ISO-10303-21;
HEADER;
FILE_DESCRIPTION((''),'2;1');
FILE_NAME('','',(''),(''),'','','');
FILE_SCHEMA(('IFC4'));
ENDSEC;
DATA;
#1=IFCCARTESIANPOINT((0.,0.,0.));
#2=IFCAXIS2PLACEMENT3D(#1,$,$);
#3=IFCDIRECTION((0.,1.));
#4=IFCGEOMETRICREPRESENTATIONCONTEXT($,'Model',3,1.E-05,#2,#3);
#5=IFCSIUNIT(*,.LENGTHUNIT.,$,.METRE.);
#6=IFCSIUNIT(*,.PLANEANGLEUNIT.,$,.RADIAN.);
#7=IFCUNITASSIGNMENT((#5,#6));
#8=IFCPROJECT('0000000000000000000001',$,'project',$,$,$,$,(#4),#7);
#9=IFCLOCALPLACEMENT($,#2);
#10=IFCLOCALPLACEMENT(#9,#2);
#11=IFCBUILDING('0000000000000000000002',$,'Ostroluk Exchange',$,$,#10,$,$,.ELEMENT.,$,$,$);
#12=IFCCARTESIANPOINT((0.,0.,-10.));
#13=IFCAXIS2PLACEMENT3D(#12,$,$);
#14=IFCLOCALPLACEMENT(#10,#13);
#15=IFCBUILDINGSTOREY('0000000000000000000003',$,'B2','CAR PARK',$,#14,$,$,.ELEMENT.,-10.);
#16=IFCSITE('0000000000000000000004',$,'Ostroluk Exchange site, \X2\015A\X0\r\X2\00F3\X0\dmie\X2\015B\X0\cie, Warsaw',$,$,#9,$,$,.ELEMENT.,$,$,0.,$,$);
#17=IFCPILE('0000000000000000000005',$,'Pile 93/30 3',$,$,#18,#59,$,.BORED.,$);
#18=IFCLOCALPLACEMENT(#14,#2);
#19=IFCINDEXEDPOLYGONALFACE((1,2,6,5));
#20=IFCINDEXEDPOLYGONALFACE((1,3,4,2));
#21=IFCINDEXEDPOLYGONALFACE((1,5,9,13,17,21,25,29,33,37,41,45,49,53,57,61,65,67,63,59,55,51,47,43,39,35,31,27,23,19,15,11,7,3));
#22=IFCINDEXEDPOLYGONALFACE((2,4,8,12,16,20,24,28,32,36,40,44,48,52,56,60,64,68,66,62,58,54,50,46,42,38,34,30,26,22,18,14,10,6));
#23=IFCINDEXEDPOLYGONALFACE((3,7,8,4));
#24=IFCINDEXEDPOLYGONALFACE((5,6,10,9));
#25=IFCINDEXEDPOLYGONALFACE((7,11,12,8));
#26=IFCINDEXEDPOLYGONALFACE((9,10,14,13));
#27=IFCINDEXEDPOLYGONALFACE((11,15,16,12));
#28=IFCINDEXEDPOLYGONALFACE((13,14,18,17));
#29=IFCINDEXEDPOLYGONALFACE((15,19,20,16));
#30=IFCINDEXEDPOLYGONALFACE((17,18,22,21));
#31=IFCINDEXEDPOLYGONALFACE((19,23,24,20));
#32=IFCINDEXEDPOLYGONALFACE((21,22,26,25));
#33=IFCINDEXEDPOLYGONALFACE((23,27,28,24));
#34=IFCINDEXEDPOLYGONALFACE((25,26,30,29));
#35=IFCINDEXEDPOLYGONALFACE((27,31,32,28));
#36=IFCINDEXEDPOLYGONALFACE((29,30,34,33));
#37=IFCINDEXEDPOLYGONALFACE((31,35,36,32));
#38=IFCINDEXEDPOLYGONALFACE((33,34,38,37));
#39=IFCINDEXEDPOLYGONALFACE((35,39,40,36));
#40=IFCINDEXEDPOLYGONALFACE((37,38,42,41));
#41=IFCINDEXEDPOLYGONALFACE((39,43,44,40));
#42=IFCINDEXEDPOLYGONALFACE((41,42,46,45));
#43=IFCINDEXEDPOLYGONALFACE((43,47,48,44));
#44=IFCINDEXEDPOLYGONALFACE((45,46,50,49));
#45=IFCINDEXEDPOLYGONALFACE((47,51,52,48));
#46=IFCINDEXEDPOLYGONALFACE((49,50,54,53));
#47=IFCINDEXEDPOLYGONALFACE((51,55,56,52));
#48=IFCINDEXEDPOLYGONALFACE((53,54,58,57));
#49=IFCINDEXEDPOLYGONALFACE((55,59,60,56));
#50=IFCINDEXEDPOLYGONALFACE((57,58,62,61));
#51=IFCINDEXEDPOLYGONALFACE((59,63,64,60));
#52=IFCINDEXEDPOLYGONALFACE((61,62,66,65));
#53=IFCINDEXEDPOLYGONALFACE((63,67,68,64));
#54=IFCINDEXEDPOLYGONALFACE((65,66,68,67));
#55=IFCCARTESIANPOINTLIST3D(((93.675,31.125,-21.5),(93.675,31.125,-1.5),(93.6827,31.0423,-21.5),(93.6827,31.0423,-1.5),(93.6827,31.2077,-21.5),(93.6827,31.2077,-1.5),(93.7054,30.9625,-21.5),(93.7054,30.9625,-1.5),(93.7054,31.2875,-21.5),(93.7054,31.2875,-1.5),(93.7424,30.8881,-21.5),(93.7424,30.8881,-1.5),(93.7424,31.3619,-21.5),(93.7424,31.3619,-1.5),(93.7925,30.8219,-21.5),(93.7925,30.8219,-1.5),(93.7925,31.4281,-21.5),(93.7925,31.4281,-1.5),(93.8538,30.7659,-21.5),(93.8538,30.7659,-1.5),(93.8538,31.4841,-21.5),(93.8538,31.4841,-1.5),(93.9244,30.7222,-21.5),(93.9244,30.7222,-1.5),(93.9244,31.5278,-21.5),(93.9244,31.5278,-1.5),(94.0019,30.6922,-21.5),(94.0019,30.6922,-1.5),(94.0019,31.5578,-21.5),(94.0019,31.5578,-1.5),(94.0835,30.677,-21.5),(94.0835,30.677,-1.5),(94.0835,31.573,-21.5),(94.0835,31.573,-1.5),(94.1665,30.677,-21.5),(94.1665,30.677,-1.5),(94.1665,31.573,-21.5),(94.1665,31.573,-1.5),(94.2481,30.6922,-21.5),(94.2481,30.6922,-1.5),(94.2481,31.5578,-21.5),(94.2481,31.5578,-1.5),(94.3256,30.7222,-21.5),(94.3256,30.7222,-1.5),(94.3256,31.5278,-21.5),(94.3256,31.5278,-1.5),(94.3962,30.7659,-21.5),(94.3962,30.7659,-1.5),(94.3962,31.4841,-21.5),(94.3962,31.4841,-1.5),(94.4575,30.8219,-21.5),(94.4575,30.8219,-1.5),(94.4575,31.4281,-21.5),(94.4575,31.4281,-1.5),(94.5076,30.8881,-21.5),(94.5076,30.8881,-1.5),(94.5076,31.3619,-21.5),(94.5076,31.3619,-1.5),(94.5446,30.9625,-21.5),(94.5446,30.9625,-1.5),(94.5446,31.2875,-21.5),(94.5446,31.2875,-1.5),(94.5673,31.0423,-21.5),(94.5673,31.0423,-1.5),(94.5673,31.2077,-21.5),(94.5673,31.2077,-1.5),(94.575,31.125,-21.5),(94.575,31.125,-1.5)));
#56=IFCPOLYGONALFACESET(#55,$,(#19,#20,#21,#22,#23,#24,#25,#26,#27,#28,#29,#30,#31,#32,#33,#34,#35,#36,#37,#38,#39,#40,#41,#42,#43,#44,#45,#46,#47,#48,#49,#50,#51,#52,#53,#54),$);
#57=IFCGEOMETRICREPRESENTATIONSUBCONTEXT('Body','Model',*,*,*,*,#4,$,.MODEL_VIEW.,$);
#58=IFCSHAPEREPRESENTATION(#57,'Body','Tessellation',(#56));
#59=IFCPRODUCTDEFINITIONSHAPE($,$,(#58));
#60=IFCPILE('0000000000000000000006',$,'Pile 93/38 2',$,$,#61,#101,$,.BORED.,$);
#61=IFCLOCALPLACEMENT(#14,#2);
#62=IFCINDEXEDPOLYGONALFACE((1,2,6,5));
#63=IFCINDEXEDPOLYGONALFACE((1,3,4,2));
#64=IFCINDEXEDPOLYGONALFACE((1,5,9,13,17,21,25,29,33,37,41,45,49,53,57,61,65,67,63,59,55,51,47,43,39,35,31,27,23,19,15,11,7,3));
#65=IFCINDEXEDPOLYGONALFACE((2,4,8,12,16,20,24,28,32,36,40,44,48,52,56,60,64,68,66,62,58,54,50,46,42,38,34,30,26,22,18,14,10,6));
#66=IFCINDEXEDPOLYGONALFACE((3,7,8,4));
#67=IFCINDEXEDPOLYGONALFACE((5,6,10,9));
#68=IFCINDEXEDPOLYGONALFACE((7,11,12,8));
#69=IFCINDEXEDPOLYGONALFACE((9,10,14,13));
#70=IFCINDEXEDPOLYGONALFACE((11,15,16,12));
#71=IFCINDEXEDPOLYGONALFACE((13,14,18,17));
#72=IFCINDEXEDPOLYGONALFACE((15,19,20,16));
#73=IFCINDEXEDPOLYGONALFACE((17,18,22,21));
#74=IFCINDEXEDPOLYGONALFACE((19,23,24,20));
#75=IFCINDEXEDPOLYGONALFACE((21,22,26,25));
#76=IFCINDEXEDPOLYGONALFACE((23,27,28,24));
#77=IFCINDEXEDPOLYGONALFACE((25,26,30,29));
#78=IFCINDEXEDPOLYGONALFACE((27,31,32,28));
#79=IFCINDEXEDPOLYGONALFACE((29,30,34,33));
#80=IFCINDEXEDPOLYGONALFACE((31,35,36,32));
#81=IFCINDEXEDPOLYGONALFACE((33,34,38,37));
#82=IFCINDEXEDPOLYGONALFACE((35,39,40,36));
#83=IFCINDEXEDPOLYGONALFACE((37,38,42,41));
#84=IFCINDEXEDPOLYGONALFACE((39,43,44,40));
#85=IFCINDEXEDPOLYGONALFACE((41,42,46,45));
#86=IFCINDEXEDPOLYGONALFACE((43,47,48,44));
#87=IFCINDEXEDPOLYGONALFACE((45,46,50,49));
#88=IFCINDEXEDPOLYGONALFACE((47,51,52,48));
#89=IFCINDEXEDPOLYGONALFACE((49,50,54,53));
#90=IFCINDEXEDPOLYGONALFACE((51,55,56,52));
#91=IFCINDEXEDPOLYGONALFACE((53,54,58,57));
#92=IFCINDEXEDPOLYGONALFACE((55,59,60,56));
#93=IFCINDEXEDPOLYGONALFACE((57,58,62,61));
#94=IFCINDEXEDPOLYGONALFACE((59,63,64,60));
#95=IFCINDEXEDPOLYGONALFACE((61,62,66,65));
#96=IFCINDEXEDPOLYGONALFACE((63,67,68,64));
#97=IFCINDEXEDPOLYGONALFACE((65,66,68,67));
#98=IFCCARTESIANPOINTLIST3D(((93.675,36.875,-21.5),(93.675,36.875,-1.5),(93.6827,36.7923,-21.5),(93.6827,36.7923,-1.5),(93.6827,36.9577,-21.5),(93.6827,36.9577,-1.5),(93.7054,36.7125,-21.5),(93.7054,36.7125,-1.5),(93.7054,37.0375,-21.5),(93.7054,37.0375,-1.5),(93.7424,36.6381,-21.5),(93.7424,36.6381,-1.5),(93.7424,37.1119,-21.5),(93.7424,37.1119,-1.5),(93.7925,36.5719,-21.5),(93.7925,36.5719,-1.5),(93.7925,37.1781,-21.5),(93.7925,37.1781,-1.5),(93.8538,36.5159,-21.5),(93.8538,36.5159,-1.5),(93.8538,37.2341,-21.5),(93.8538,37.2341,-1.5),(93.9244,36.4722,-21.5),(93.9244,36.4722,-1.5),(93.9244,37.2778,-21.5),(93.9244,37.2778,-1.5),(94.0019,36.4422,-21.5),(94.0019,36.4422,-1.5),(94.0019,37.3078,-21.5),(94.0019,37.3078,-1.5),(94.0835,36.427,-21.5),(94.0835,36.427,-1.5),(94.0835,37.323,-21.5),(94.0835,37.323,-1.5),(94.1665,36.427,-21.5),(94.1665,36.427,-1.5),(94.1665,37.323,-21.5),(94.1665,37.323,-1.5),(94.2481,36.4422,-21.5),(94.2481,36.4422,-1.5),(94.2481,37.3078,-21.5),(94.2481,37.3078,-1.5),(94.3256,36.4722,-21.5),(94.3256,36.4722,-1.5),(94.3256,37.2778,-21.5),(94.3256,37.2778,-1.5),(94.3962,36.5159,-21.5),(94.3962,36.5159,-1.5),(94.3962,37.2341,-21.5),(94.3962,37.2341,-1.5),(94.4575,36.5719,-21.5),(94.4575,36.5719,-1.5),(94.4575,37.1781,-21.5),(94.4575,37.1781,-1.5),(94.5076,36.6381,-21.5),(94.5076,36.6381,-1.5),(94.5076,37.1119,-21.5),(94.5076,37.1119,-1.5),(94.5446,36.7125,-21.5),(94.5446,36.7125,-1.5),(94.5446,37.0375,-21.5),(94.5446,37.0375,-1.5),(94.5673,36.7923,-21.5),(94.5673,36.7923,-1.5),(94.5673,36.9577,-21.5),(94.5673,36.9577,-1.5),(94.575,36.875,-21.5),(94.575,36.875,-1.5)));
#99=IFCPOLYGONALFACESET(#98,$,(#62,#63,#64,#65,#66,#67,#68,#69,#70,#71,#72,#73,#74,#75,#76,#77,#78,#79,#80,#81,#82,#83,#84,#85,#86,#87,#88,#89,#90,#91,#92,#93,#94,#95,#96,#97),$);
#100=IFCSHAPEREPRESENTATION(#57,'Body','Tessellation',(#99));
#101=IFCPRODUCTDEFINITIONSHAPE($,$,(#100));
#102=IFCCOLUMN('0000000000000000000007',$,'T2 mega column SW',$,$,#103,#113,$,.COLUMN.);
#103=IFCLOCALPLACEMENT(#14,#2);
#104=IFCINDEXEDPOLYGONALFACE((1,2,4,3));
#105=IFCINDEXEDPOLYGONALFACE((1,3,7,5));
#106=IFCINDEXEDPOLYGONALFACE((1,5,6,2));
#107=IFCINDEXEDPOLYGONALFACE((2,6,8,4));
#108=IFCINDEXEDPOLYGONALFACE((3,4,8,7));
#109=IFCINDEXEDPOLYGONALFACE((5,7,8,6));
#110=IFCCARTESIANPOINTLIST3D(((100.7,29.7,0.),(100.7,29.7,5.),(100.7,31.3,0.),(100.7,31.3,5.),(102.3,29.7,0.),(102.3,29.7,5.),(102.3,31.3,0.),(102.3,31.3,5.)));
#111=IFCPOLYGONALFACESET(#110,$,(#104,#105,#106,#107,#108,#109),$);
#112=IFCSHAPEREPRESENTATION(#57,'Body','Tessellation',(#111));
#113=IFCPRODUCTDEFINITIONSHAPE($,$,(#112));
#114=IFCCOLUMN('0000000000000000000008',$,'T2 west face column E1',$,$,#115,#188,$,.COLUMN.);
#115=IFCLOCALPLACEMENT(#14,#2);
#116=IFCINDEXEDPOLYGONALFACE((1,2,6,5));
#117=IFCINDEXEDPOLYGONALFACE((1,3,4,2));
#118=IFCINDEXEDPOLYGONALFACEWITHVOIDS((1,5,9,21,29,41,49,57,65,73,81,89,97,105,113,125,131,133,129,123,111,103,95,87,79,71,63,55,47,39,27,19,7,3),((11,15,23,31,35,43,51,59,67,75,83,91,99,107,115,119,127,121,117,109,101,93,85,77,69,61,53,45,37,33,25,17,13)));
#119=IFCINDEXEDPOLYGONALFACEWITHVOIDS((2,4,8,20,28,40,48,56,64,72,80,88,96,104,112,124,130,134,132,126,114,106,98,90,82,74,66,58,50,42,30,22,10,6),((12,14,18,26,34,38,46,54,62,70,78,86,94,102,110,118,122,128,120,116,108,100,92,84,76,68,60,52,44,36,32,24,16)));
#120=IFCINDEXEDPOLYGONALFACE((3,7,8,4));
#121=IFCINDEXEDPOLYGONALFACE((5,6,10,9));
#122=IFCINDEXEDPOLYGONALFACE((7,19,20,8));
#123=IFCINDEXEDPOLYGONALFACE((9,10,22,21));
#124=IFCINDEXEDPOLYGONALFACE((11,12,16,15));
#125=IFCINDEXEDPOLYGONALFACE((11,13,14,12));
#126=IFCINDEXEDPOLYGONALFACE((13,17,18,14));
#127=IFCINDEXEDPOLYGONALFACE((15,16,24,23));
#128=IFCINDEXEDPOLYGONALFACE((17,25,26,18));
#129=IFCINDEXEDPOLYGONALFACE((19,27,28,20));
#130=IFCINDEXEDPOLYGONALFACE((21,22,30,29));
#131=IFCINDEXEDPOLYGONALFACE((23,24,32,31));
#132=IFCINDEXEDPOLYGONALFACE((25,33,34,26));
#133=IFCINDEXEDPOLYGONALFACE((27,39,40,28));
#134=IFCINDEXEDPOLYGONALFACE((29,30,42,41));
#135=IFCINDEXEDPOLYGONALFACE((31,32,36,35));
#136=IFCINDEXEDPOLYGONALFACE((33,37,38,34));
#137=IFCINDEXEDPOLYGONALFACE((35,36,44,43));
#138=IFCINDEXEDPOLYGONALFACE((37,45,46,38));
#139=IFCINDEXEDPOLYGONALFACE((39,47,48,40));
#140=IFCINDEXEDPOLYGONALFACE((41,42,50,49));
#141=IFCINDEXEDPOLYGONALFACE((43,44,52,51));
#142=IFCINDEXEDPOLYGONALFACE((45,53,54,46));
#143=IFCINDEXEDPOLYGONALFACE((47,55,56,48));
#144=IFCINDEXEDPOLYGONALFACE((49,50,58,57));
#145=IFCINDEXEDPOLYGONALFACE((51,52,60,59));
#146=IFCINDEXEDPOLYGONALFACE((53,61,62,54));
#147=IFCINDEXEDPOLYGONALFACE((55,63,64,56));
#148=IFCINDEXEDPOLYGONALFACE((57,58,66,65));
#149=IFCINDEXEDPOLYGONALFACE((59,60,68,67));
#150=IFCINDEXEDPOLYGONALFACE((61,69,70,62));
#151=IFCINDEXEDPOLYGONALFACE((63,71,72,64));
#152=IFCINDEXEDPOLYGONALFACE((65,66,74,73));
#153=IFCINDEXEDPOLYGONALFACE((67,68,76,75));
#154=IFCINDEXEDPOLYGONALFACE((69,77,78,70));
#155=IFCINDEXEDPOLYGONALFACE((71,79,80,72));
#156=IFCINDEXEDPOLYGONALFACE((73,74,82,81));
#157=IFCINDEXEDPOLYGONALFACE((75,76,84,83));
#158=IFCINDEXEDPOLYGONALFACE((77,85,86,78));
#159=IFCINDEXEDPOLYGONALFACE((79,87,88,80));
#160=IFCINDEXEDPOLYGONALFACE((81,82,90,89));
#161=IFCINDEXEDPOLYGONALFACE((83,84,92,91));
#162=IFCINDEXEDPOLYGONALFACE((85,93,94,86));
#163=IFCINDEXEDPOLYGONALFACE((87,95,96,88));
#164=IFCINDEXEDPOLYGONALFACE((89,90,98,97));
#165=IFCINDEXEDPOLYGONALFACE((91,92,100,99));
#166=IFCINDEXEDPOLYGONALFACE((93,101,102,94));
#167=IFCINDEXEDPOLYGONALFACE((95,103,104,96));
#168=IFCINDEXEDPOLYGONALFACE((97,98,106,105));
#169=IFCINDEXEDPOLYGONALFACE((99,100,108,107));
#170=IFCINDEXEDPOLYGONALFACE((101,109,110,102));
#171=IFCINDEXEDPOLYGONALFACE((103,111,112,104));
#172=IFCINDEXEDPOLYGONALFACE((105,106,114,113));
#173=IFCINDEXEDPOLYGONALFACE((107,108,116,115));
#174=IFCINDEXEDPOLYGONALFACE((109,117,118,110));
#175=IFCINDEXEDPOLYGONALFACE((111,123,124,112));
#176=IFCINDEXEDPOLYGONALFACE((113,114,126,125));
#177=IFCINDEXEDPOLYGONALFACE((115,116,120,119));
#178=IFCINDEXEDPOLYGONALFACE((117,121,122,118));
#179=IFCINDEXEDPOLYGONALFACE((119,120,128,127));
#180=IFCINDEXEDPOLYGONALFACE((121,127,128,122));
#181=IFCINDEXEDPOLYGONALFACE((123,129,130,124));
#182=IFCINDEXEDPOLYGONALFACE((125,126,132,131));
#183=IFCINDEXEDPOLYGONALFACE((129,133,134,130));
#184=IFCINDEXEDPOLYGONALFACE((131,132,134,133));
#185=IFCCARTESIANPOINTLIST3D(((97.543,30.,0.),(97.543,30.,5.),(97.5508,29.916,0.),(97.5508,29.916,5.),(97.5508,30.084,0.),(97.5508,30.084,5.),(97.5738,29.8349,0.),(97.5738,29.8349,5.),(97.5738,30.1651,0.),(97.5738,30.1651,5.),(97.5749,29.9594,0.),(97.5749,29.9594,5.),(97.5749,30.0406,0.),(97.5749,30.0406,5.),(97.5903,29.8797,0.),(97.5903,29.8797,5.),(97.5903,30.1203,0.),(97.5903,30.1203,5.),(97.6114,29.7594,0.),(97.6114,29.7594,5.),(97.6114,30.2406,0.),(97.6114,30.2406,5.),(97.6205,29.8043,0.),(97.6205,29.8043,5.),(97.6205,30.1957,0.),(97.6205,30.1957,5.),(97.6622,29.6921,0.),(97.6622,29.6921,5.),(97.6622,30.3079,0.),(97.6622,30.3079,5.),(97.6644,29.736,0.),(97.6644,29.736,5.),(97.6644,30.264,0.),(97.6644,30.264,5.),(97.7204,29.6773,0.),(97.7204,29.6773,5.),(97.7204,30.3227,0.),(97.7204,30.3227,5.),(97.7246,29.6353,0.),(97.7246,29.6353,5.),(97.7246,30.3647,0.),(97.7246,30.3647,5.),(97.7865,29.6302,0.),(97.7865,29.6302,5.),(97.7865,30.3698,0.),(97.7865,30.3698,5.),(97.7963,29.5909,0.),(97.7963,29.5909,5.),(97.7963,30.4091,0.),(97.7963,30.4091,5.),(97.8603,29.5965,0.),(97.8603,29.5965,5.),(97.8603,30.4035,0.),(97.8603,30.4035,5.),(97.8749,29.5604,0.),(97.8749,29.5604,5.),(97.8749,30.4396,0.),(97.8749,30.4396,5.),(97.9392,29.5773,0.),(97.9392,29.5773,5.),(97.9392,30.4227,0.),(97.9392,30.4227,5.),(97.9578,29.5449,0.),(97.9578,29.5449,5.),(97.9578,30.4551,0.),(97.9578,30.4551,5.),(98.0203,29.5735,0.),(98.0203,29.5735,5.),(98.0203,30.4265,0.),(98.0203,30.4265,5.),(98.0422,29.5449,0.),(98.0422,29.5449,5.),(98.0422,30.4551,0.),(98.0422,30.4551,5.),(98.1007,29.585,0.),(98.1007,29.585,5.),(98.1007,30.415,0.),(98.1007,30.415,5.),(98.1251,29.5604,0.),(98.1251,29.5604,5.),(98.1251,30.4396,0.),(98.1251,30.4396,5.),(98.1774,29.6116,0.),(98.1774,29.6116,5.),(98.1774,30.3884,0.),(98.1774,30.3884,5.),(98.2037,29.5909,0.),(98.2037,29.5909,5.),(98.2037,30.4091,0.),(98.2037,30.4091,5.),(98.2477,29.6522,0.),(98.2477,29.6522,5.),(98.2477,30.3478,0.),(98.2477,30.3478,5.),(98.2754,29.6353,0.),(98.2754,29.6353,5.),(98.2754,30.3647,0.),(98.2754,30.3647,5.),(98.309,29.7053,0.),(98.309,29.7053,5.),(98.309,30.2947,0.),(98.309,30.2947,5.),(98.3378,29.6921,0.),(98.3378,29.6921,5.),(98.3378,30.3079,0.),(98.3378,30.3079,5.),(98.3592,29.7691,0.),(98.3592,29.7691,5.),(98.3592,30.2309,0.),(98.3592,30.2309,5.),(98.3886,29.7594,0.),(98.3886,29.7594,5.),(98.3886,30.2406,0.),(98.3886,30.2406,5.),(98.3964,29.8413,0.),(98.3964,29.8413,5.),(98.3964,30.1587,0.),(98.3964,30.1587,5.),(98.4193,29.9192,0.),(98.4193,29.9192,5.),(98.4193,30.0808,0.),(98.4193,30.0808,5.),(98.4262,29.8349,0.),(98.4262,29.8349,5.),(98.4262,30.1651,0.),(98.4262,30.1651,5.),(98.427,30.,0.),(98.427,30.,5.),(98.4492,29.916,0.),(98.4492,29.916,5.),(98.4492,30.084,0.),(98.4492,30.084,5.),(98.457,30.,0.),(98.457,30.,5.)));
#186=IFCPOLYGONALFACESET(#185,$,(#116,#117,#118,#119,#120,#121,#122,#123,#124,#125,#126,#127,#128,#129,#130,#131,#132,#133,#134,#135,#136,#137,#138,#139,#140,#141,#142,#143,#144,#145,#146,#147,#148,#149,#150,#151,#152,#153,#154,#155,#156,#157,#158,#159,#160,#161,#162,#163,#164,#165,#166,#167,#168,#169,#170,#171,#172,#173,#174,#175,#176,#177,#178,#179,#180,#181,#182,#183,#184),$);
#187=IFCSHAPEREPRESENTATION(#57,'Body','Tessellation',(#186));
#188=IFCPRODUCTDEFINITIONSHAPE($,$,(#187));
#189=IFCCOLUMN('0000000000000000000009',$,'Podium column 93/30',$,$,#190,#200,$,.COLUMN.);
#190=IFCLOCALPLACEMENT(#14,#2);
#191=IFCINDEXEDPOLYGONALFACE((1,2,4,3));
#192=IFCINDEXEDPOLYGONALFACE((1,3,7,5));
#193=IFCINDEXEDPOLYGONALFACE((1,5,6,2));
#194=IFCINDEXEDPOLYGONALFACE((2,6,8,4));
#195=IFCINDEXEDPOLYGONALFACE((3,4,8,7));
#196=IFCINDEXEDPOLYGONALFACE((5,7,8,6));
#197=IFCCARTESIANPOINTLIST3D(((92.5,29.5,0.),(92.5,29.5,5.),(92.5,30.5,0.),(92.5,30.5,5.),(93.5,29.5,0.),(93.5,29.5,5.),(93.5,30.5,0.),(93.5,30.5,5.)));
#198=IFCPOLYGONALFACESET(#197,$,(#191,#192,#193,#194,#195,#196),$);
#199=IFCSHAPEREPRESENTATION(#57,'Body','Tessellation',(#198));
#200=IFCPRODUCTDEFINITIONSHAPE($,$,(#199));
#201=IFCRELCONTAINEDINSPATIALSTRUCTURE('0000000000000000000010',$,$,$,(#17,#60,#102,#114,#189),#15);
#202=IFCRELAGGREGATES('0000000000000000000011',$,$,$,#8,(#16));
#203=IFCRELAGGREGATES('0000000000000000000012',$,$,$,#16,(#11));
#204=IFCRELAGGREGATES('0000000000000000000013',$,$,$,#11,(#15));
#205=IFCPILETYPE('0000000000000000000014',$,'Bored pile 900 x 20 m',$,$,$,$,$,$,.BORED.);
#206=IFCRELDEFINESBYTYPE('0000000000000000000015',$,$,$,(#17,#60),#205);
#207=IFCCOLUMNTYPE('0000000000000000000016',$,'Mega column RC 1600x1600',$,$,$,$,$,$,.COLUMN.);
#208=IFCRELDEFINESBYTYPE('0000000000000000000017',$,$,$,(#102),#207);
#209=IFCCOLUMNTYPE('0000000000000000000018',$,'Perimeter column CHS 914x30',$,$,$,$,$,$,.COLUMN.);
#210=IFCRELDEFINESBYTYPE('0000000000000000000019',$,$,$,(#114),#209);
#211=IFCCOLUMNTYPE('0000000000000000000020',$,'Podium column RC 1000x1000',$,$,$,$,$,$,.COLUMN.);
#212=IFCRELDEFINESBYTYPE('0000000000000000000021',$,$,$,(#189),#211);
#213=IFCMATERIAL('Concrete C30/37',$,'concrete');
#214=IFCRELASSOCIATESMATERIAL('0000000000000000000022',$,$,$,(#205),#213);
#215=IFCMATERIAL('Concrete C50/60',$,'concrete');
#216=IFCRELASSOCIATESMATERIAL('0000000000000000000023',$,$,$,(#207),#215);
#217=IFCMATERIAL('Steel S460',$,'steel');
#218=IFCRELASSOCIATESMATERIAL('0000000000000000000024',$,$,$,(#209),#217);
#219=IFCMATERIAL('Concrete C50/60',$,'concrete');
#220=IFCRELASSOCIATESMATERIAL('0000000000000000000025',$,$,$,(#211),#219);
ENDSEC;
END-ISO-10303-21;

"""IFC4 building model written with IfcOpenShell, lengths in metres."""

from ifc_helpers import new_model, si_unit, direction, frame, origin, origin_2d, place, context, subcontext, project, spatial, rectangle, circle, hollow_circle, extrude, material, material_profile, profile_set, type_object, element, save


model = new_model("IFC4")

# Units and contexts
model_context = context("Model", 3, precision=1e-05, world=origin(), true_north=direction((0.0, 1.0)))
body_context = subcontext(model_context, "Body", "Model", "MODEL_VIEW")
ifc_project = project(units=[si_unit("LENGTHUNIT", "METRE"), si_unit("PLANEANGLEUNIT", "RADIAN")], contexts=[model_context])

# Site, building, storey
site_placement = place(None, origin())
site = spatial("IfcSite", under=ifc_project, at=site_placement, Name="Ostroluk Exchange site, Śródmieście, Warsaw", CompositionType="ELEMENT", RefElevation=0.0)
building_placement = place(site_placement, origin())
building = spatial("IfcBuilding", under=site, at=building_placement, Name="Ostroluk Exchange", CompositionType="ELEMENT")
storey_placement = place(building_placement, frame((0.0, 0.0, -10.0)))
storey = spatial("IfcBuildingStorey", under=building, at=storey_placement, Name="B2", Description="CAR PARK", CompositionType="ELEMENT", Elevation=-10.0)

# Piles
ifc_material_1 = material(Name="Concrete C30/37", Category="concrete")
pile_type_1 = type_object("IfcPileType", Name="Bored pile 900 x 20 m", PredefinedType="BORED", material=ifc_material_1)
for number, where, z_axis, x_axis, name in (
    (1, (94.125, 31.125, -1.5), (0.0, 0.0, -1.0), (1.0, 0.0, 0.0), "Pile 93/30 3"),
    (2, (94.125, 36.875, -1.5), (0.0, 0.0, -1.0), (1.0, 0.0, 0.0), "Pile 93/38 2"),
):
    element("IfcPile", number, at=place(storey_placement, frame(where, z_axis=z_axis, x_axis=x_axis)), inside=storey, type_object=pile_type_1, Name=name, PredefinedType="BORED", context=body_context, shape_type="SweptSolid", body=[
        extrude(circle(Radius=0.45, at=origin_2d()), origin(), (0.0, 0.0, 1.0), 20.0),
    ])

# Columns
ifc_material_2 = material(Name="Concrete C50/60", Category="concrete")
ifc_material_profile_1 = material_profile(ifc_material_2, rectangle(XDim=1.6001, YDim=1.6001, at=origin_2d()), Name="RC 1600x1600")
ifc_profile_set_1 = profile_set([ifc_material_profile_1], Name="Concrete C50/60")
column_type_1 = type_object("IfcColumnType", Name="Mega column RC 1600x1600", PredefinedType="COLUMN", material=ifc_profile_set_1)
column_1_placement = place(storey_placement, frame((101.5, 30.5, 0.0), z_axis=(0.0, 0.0, 1.0), x_axis=(1.0, 0.0, 0.0)))
element("IfcColumn", 3, at=column_1_placement, inside=storey, type_object=column_type_1, Name="T2 mega column SW", PredefinedType="COLUMN", context=body_context, shape_type="SweptSolid", body=[
    extrude(rectangle(XDim=1.6001, YDim=1.6001, at=origin_2d()), origin(), (0.0, 0.0, 1.0), 5.0),
])
ifc_material_3 = material(Name="Steel S460", Category="steel")
ifc_material_profile_2 = material_profile(ifc_material_3, hollow_circle(Radius=0.457, WallThickness=0.03, at=origin_2d()), Name="CHS 914x30")
ifc_profile_set_2 = profile_set([ifc_material_profile_2], Name="Steel S460")
column_type_2 = type_object("IfcColumnType", Name="Perimeter column CHS 914x30", PredefinedType="COLUMN", material=ifc_profile_set_2)
column_2_placement = place(storey_placement, frame((98.0, 30.0, 0.0), z_axis=(0.0, 0.0, 1.0), x_axis=(1.0, 0.0, 0.0)))
element("IfcColumn", 4, at=column_2_placement, inside=storey, type_object=column_type_2, Name="T2 west face column E1", PredefinedType="COLUMN", context=body_context, shape_type="SweptSolid", body=[
    extrude(hollow_circle(Radius=0.457, WallThickness=0.03, at=origin_2d()), origin(), (0.0, 0.0, 1.0), 5.0),
])
ifc_material_4 = material(Name="Concrete C50/60", Category="concrete")
ifc_material_profile_3 = material_profile(ifc_material_4, rectangle(XDim=1.0, YDim=1.0, at=origin_2d()), Name="RC 1000x1000")
ifc_profile_set_3 = profile_set([ifc_material_profile_3], Name="Concrete C50/60")
column_type_3 = type_object("IfcColumnType", Name="Podium column RC 1000x1000", PredefinedType="COLUMN", material=ifc_profile_set_3)
column_3_placement = place(storey_placement, frame((93.0, 30.0, 0.0), z_axis=(0.0, 0.0, 1.0), x_axis=(1.0, 0.0, 0.0)))
element("IfcColumn", 5, at=column_3_placement, inside=storey, type_object=column_type_3, Name="Podium column 93/30", PredefinedType="COLUMN", context=body_context, shape_type="SweptSolid", body=[
    extrude(rectangle(XDim=1.0, YDim=1.0, at=origin_2d()), origin(), (0.0, 0.0, 1.0), 5.0),
])

save(model, "model.ifc")
